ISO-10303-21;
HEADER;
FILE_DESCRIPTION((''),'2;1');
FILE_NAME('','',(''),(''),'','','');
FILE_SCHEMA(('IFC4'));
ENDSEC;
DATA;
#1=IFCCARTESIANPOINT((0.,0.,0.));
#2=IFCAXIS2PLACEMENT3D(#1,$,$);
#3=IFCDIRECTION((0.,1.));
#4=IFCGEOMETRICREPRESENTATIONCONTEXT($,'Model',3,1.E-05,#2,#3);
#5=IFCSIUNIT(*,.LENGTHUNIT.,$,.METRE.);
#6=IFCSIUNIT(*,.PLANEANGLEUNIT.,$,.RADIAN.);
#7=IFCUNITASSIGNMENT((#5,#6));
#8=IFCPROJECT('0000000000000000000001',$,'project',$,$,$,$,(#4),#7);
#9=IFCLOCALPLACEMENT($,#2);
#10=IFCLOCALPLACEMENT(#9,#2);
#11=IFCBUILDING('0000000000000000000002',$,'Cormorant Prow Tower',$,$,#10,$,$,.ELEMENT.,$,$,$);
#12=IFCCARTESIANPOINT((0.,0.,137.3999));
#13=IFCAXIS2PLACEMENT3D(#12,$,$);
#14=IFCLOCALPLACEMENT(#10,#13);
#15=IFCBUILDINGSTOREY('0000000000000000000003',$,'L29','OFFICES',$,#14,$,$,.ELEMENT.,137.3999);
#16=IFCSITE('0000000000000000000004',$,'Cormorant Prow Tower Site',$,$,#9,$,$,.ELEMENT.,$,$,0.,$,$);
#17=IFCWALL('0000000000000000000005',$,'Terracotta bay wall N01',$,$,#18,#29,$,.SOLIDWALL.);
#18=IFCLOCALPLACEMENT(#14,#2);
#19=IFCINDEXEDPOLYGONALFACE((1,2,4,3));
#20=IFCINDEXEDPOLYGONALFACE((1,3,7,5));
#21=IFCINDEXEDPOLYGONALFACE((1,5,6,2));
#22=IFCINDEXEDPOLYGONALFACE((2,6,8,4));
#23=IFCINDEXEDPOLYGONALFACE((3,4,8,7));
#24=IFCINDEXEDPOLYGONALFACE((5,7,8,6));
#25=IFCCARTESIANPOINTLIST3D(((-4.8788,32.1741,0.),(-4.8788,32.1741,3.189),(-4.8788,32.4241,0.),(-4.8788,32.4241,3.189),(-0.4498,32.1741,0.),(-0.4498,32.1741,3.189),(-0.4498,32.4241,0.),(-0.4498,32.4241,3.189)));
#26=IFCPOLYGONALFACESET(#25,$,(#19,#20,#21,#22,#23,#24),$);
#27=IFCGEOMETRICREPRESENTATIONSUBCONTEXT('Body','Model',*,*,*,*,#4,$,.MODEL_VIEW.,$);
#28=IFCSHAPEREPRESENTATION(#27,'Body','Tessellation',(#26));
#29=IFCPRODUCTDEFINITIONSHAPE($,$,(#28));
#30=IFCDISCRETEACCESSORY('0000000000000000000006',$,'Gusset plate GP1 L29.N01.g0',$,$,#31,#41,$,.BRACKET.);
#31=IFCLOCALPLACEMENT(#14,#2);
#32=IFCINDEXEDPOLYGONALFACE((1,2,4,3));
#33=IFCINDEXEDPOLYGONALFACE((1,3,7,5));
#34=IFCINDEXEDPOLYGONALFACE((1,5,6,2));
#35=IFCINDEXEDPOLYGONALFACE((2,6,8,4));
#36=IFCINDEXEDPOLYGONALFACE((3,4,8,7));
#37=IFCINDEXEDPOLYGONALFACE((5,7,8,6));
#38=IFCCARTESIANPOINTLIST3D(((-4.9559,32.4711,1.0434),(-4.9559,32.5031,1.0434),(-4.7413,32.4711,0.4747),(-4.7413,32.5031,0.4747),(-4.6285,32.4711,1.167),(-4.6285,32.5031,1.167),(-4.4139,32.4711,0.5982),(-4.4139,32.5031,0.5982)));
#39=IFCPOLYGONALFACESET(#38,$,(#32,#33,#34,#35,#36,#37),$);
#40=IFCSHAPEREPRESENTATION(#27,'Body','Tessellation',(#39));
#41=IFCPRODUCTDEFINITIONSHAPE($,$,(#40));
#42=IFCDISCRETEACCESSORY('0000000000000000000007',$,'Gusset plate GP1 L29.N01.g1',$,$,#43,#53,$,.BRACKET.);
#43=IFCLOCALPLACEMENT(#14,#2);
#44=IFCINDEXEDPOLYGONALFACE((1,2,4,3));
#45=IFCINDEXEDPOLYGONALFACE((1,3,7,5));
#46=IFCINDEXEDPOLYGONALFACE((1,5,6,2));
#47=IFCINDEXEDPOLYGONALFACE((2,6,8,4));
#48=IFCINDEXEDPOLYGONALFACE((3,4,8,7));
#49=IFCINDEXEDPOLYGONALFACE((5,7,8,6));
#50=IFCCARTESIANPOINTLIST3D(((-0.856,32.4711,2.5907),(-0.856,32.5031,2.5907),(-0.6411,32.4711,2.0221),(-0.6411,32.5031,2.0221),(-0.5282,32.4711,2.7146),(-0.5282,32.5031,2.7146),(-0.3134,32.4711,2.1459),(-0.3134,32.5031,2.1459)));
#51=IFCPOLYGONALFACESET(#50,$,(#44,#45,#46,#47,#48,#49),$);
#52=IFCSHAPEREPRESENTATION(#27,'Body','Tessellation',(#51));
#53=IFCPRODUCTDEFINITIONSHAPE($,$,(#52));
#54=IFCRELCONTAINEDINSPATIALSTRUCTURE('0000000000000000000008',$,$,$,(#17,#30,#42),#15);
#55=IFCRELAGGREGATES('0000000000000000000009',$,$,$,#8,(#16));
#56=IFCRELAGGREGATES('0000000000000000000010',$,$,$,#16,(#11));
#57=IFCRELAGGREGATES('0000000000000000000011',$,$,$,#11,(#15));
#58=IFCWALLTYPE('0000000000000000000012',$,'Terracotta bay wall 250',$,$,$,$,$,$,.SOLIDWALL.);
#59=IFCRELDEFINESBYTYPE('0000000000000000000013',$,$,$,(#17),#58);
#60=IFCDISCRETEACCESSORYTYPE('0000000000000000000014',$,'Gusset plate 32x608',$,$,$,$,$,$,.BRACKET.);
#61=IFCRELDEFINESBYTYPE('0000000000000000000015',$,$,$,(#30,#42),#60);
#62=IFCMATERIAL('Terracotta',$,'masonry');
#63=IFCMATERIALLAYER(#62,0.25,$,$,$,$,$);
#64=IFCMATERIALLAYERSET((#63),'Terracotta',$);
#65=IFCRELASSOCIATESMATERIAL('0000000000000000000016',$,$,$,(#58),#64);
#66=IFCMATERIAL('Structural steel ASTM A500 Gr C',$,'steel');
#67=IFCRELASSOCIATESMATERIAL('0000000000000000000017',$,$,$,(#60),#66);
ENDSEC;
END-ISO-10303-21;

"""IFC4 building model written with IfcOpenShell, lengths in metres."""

from ifc_helpers import new_model, si_unit, direction, frame, frame_2d, origin, origin_2d, place, context, subcontext, project, spatial, rectangle, extrude, material, layer, layer_set, material_profile, profile_set, type_object, element, save


model = new_model("IFC4")

# Units and contexts
model_context = context("Model", 3, precision=1e-05, world=origin(), true_north=direction((0.0, 1.0)))
body_context = subcontext(model_context, "Body", "Model", "MODEL_VIEW")
ifc_project = project(units=[si_unit("LENGTHUNIT", "METRE"), si_unit("PLANEANGLEUNIT", "RADIAN")], contexts=[model_context])

# Site, building, storey
site_placement = place(None, origin())
site = spatial("IfcSite", under=ifc_project, at=site_placement, Name="Cormorant Prow Tower Site", CompositionType="ELEMENT", RefElevation=0.0)
building_placement = place(site_placement, origin())
building = spatial("IfcBuilding", under=site, at=building_placement, Name="Cormorant Prow Tower", CompositionType="ELEMENT")
storey_placement = place(building_placement, frame((0.0, 0.0, 137.3999)))
storey = spatial("IfcBuildingStorey", under=building, at=storey_placement, Name="L29", Description="OFFICES", CompositionType="ELEMENT", Elevation=137.3999)

# Wall
ifc_material_1 = material(Name="Terracotta", Category="masonry")
ifc_layer_1 = layer(ifc_material_1, 0.25)
ifc_layer_set_1 = layer_set([ifc_layer_1], Name="Terracotta")
wall_type_1 = type_object("IfcWallType", Name="Terracotta bay wall 250", PredefinedType="SOLIDWALL", material=ifc_layer_set_1)
wall_1_placement = place(storey_placement, frame((-0.45, 32.2991, 0.0), z_axis=(0.0, 0.0, 1.0), x_axis=(-1.0, 0.0, 0.0)))
element("IfcWall", 1, at=wall_1_placement, inside=storey, type_object=wall_type_1, Name="Terracotta bay wall N01", PredefinedType="SOLIDWALL", context=body_context, shape_type="SweptSolid", body=[
    extrude(rectangle(XDim=4.429, YDim=0.25, at=frame_2d((2.2144, 0.0))), origin(), (0.0, 0.0, 1.0), 3.189),
])

# Discrete accessories
ifc_material_2 = material(Name="Structural steel ASTM A500 Gr C", Category="steel")
ifc_material_profile_1 = material_profile(ifc_material_2, rectangle(XDim=0.032, YDim=0.6079, at=origin_2d()), Name="Gusset plate 32x608")
ifc_profile_set_1 = profile_set([ifc_material_profile_1], Name="Structural steel ASTM A500 Gr C")
discrete_accessory_type = type_object("IfcDiscreteAccessoryType", Name="Gusset plate 32x608", PredefinedType="BRACKET", material=ifc_profile_set_1)
discrete_accessory_1_placement = place(storey_placement, frame((-4.5212, 32.4871, 0.8826), z_axis=(-0.93561, 0.0, -0.353034), x_axis=(0.0, -1.0, 0.0)))
element("IfcDiscreteAccessory", 2, at=discrete_accessory_1_placement, inside=storey, type_object=discrete_accessory_type, Name="Gusset plate GP1 L29.N01.g0", PredefinedType="BRACKET", context=body_context, shape_type="SweptSolid", body=[
    extrude(rectangle(XDim=0.032, YDim=0.6079, at=origin_2d()), origin(), (0.0, 0.0, 1.0), 0.3499),
])
discrete_accessory_2_placement = place(storey_placement, frame((-0.7485, 32.4871, 2.3064), z_axis=(0.935467, 0.0, 0.353414), x_axis=(0.0, 1.0, 0.0)))
element("IfcDiscreteAccessory", 3, at=discrete_accessory_2_placement, inside=storey, type_object=discrete_accessory_type, Name="Gusset plate GP1 L29.N01.g1", PredefinedType="BRACKET", context=body_context, shape_type="SweptSolid", body=[
    extrude(rectangle(XDim=0.032, YDim=0.6079, at=origin_2d()), origin(), (0.0, 0.0, 1.0), 0.3503),
])

save(model, "model.ifc")
